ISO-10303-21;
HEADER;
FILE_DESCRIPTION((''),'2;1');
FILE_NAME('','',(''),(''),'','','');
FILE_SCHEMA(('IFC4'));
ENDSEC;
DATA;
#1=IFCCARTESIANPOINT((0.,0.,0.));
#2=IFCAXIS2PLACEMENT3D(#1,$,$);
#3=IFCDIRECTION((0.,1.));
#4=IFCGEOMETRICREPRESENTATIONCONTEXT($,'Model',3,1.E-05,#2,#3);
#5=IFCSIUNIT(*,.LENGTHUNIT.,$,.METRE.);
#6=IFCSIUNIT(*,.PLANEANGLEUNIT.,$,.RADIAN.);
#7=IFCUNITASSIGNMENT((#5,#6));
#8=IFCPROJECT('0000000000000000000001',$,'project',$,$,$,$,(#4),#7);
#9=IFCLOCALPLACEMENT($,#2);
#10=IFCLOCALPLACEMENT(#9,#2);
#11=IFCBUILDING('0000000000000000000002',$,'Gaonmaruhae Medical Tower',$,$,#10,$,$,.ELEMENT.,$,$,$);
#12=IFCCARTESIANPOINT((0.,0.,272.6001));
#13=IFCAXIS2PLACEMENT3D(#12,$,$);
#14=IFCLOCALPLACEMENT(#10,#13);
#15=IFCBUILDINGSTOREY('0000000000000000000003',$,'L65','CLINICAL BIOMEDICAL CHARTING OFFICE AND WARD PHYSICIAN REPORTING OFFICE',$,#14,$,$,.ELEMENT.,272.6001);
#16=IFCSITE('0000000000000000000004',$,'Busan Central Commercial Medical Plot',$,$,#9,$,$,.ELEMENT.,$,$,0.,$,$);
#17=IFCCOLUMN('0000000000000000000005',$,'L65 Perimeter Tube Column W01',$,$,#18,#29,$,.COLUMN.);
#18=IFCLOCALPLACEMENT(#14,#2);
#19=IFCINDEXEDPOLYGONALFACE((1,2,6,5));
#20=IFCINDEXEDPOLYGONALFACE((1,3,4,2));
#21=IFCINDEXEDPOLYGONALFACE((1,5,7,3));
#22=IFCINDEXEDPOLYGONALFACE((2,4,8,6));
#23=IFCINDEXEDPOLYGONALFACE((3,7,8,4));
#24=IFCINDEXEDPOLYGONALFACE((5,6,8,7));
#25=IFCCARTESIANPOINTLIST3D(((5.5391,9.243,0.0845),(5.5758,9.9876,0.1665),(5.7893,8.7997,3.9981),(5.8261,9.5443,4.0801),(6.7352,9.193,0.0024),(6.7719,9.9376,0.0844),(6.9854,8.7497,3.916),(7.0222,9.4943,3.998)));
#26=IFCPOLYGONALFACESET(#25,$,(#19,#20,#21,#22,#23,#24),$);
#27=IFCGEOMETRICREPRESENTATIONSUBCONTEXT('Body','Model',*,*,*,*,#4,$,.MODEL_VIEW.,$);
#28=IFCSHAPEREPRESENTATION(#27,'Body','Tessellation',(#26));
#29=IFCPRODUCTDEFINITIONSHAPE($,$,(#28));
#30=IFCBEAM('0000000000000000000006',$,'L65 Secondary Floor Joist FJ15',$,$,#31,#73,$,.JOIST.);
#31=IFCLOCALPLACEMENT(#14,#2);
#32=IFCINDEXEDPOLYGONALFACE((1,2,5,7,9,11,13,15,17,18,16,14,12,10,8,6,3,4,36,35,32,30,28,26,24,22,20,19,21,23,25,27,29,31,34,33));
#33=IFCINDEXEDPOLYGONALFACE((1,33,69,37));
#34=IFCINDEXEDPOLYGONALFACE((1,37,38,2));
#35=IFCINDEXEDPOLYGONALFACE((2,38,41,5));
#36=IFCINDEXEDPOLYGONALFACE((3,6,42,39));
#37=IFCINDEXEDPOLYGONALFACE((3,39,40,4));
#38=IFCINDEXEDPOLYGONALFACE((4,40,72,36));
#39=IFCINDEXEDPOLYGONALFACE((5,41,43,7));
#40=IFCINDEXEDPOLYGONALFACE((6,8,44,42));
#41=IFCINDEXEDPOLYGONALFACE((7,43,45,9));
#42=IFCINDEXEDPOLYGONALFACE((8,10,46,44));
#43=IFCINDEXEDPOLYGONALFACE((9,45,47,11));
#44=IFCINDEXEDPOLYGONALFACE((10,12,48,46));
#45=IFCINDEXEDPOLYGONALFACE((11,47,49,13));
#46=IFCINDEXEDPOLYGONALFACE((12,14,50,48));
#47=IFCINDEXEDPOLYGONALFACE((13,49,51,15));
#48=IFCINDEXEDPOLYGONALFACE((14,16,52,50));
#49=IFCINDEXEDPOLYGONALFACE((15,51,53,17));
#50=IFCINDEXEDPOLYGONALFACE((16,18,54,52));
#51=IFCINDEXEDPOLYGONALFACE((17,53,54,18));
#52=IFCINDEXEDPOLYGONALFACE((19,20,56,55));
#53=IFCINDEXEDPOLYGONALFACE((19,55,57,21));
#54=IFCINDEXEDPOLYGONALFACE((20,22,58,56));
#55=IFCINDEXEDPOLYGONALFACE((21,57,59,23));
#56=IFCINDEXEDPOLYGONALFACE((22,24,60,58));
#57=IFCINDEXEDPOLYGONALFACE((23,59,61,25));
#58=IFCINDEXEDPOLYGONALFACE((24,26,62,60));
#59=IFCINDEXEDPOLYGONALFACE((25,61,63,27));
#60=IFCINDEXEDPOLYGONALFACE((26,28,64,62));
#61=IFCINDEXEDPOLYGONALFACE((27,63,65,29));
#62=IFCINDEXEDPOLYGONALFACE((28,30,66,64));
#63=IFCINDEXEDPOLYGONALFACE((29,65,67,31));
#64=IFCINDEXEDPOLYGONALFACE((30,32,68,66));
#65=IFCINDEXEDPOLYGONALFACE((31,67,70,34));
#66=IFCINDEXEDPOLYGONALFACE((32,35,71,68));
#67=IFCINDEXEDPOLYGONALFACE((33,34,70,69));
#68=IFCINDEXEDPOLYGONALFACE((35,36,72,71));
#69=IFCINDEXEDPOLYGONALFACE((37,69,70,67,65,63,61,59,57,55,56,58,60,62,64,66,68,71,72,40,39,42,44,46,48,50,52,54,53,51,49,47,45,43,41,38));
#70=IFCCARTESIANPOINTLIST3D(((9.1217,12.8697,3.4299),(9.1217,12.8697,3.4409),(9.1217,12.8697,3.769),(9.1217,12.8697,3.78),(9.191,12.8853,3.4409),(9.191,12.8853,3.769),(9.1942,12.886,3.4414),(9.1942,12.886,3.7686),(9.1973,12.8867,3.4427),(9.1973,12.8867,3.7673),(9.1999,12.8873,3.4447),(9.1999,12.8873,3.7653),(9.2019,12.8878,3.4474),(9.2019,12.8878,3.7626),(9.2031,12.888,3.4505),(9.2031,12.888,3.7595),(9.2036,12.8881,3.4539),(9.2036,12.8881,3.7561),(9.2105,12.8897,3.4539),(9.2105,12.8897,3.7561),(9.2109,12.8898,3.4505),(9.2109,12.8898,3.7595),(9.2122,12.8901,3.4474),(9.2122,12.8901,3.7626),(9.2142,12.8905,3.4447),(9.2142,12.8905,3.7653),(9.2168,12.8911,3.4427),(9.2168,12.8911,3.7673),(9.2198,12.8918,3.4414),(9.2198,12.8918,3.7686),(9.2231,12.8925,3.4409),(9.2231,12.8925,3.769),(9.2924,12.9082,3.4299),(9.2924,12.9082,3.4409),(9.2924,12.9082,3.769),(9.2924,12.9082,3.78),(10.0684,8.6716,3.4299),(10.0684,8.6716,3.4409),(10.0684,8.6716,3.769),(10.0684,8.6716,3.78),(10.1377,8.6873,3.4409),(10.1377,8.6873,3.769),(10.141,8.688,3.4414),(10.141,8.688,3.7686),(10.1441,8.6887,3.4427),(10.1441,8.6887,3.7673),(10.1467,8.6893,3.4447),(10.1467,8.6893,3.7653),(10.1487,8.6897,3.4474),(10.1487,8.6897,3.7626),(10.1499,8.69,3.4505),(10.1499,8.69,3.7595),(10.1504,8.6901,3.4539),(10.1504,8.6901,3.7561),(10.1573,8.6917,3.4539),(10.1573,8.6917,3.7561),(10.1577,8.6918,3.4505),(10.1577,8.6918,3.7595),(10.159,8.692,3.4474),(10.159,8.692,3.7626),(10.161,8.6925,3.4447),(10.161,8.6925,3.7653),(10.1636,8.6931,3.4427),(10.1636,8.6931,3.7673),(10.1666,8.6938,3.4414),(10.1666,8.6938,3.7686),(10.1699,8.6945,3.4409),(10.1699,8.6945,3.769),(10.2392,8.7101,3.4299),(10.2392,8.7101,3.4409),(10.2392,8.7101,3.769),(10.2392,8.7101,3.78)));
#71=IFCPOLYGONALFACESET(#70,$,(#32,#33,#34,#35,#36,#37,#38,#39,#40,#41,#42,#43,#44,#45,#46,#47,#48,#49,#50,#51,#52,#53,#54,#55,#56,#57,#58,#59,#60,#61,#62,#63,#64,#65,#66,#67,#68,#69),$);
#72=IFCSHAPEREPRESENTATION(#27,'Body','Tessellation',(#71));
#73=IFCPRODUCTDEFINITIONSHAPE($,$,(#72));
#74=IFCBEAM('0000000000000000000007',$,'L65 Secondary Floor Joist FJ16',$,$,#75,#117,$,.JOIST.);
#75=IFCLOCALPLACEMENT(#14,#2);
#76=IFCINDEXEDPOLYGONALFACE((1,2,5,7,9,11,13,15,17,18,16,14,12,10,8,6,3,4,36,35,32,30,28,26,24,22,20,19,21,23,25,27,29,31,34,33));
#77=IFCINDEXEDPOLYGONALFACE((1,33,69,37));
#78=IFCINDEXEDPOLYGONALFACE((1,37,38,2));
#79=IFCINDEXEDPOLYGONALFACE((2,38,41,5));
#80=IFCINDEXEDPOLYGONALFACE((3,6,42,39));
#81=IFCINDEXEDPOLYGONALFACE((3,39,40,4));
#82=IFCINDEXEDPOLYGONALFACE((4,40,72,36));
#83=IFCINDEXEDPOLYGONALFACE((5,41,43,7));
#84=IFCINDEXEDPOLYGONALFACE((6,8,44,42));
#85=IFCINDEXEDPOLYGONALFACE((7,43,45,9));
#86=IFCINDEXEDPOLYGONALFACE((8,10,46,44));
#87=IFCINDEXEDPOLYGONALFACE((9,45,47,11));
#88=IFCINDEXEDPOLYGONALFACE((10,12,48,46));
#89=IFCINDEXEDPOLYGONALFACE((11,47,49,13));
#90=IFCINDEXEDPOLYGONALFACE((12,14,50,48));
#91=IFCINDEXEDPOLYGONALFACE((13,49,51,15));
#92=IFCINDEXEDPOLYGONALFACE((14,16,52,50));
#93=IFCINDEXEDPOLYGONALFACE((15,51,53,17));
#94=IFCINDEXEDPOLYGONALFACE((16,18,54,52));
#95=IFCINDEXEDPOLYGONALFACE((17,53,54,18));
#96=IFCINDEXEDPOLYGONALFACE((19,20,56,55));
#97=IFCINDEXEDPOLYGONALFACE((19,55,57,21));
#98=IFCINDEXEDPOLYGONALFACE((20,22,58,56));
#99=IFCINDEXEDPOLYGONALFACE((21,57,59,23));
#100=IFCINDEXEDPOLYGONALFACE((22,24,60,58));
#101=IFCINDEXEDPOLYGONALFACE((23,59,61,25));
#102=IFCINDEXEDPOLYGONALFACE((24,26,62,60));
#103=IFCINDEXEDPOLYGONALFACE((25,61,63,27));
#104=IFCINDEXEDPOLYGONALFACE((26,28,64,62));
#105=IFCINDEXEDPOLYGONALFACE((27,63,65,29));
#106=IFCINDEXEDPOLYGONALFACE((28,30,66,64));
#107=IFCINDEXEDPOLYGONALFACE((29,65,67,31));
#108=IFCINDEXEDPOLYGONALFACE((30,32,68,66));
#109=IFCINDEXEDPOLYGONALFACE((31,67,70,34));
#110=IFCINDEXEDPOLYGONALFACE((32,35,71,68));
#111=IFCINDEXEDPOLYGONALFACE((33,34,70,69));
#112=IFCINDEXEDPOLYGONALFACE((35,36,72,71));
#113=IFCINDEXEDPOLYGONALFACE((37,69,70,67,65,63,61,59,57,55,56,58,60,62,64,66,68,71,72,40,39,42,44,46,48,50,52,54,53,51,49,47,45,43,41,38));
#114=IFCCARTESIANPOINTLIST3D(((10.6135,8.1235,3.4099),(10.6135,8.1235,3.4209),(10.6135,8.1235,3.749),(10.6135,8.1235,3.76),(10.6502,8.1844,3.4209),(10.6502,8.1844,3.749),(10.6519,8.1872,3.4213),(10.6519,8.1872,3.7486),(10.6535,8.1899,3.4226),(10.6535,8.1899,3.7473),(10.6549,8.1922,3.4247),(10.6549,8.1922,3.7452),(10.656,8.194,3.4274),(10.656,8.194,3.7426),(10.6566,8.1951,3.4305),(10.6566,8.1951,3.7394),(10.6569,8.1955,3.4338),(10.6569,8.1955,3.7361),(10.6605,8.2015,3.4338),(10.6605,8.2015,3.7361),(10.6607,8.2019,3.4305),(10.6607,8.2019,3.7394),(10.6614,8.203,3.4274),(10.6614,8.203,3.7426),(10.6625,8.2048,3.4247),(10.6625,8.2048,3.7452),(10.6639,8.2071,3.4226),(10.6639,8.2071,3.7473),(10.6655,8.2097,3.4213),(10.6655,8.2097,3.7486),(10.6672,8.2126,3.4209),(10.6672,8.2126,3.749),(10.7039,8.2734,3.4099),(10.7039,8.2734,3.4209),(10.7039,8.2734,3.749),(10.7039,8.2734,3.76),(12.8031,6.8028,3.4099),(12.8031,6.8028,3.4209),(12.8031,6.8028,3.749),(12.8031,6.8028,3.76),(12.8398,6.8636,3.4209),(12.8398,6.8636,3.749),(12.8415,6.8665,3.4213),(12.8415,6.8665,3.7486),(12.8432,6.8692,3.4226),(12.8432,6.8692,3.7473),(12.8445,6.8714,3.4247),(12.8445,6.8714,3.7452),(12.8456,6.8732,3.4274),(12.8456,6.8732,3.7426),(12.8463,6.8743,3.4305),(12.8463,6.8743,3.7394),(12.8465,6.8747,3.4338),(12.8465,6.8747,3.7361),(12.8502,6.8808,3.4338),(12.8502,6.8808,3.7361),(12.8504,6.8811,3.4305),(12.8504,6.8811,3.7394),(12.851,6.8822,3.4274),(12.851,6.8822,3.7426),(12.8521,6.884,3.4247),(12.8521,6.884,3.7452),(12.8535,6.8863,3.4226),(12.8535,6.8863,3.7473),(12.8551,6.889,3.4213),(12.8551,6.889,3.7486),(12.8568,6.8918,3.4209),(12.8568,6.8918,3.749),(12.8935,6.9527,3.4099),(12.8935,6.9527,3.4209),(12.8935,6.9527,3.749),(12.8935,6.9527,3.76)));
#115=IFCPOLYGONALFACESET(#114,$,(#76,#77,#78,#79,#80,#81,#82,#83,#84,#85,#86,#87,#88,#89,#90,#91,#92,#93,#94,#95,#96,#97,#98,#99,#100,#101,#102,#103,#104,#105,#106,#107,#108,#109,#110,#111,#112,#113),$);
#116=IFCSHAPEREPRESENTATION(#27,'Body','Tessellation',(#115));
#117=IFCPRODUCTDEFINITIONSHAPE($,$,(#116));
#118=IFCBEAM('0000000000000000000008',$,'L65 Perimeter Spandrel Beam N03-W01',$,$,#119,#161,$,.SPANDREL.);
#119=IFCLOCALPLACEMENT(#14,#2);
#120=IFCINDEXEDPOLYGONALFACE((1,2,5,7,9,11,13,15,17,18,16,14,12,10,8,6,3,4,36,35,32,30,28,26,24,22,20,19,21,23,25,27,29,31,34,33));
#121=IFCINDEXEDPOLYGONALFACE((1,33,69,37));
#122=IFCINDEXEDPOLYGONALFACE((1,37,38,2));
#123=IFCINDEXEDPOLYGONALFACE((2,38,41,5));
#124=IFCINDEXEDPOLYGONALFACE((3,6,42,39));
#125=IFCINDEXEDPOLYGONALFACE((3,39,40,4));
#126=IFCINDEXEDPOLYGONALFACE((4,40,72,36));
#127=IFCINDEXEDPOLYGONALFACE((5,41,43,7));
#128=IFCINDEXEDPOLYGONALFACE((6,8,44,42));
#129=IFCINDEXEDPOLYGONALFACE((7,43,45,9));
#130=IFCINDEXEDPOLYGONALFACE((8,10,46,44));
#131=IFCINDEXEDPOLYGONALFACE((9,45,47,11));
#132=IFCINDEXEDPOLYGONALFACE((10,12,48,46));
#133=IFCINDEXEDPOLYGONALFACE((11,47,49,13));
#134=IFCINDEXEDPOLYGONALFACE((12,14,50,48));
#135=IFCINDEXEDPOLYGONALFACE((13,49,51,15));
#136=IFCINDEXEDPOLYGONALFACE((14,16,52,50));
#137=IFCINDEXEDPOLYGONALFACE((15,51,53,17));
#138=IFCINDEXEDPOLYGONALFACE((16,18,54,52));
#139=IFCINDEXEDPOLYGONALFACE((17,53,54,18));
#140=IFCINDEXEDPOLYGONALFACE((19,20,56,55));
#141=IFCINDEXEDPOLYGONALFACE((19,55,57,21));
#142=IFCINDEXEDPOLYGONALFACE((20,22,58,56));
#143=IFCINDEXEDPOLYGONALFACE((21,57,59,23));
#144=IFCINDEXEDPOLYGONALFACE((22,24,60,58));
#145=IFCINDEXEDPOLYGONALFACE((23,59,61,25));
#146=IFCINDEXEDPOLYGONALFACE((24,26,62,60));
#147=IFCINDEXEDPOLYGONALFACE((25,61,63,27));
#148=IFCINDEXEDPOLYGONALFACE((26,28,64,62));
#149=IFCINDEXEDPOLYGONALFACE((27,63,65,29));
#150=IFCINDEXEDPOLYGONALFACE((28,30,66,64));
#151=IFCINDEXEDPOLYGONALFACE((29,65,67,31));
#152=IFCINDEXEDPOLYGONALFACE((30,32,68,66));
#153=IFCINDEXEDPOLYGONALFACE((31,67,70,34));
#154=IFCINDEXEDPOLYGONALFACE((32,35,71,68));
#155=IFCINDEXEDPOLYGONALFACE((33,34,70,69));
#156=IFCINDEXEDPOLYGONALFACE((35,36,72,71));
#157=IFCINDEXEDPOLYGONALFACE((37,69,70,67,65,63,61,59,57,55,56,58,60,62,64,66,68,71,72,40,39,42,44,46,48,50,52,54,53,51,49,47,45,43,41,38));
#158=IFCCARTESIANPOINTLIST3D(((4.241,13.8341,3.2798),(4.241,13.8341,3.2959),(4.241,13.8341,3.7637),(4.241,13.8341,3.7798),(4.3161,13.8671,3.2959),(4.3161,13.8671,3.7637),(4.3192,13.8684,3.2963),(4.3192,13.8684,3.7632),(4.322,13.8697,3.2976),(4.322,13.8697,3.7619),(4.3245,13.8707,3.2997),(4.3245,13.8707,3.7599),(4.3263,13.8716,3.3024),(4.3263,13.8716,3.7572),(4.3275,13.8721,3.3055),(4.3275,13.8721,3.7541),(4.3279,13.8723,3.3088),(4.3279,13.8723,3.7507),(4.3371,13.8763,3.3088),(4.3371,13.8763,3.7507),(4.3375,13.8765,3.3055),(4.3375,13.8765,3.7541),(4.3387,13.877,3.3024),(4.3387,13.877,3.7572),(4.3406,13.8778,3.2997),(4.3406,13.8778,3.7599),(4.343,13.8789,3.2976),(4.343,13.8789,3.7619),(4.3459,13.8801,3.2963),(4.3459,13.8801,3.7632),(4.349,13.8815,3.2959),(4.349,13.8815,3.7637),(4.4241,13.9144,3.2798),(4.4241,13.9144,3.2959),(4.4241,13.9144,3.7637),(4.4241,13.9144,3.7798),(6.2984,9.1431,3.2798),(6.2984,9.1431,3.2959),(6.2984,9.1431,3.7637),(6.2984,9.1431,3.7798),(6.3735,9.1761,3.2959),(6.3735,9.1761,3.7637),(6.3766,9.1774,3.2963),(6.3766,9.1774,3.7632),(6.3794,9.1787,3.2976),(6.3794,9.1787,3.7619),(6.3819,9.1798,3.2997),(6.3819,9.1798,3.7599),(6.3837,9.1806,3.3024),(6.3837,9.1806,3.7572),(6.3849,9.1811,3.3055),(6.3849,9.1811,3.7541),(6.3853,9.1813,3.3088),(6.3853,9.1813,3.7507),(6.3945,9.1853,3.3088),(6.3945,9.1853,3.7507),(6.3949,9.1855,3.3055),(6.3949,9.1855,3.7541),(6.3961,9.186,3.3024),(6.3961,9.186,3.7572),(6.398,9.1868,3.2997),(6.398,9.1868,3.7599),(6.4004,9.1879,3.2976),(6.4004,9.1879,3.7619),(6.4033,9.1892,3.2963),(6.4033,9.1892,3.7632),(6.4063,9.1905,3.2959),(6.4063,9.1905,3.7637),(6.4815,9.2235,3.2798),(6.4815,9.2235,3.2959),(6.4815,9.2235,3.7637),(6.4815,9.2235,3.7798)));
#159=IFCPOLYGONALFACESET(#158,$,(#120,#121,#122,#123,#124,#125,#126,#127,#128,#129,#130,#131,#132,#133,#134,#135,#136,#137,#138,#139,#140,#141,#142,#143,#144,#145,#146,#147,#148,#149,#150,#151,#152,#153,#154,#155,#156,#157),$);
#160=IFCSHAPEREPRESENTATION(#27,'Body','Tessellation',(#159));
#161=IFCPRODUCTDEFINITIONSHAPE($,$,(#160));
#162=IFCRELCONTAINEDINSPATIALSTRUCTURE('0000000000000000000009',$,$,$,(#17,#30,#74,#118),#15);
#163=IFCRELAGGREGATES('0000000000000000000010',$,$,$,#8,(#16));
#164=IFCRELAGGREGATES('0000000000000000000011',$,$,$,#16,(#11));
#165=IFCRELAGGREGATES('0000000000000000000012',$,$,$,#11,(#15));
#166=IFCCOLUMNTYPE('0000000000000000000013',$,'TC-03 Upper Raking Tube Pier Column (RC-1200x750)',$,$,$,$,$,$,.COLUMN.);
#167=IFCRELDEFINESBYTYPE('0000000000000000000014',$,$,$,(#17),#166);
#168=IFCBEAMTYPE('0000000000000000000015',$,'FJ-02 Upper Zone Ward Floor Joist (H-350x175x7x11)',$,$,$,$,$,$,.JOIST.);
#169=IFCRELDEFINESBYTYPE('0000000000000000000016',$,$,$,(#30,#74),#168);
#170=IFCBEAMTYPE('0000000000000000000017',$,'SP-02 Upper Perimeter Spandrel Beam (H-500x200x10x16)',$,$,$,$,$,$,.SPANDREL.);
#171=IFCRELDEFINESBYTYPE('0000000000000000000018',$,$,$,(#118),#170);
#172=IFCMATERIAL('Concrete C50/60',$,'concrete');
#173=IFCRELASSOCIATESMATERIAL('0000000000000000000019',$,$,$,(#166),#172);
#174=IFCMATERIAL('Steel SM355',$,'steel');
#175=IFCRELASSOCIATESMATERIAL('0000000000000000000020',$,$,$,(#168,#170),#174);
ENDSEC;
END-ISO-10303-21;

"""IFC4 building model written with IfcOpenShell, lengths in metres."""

from ifc_helpers import new_model, si_unit, direction, frame, origin, origin_2d, place, context, subcontext, project, spatial, rectangle, i_section, extrude, material, material_profile, profile_set, type_object, element, save


model = new_model("IFC4")

# Units and contexts
model_context = context("Model", 3, precision=1e-05, world=origin(), true_north=direction((0.0, 1.0)))
body_context = subcontext(model_context, "Body", "Model", "MODEL_VIEW")
ifc_project = project(units=[si_unit("LENGTHUNIT", "METRE"), si_unit("PLANEANGLEUNIT", "RADIAN")], contexts=[model_context])

# Site, building, storey
site_placement = place(None, origin())
site = spatial("IfcSite", under=ifc_project, at=site_placement, Name="Busan Central Commercial Medical Plot", CompositionType="ELEMENT", RefElevation=0.0)
building_placement = place(site_placement, origin())
building = spatial("IfcBuilding", under=site, at=building_placement, Name="Gaonmaruhae Medical Tower", CompositionType="ELEMENT")
storey_placement = place(building_placement, frame((0.0, 0.0, 272.6001)))
storey = spatial("IfcBuildingStorey", under=building, at=storey_placement, Name="L65", Description="CLINICAL BIOMEDICAL CHARTING OFFICE AND WARD PHYSICIAN REPORTING OFFICE", CompositionType="ELEMENT", Elevation=272.6001)

# Column
ifc_material_1 = material(Name="Concrete C50/60", Category="concrete")
ifc_material_profile_1 = material_profile(ifc_material_1, rectangle(XDim=1.2, YDim=0.75, at=origin_2d()), Name="RC-1200x750")
ifc_profile_set_1 = profile_set([ifc_material_profile_1], Name="Concrete C50/60")
column_type = type_object("IfcColumnType", Name="TC-03 Upper Raking Tube Pier Column (RC-1200x750)", PredefinedType="COLUMN", material=ifc_profile_set_1)
column_placement = place(storey_placement, frame((6.1555, 9.5903, 0.0845), z_axis=(0.063408, -0.112341, 0.991645), x_axis=(-0.996784, 0.041649, 0.068455)))
element("IfcColumn", 1, at=column_placement, inside=storey, type_object=column_type, Name="L65 Perimeter Tube Column W01", PredefinedType="COLUMN", context=body_context, shape_type="SweptSolid", body=[
    extrude(rectangle(XDim=1.2, YDim=0.75, at=origin_2d()), origin(), (0.0, 0.0, 1.0), 3.9465),
])

# Beams
ifc_material_2 = material(Name="Steel SM355", Category="steel")
ifc_material_profile_2 = material_profile(ifc_material_2, i_section(OverallWidth=0.175, OverallDepth=0.3501, WebThickness=0.0071, FlangeThickness=0.011, FilletRadius=0.0129, at=origin_2d()), Name="H-350x175x7x11")
ifc_profile_set_2 = profile_set([ifc_material_profile_2], Name="Steel SM355")
beam_type_1 = type_object("IfcBeamType", Name="FJ-02 Upper Zone Ward Floor Joist (H-350x175x7x11)", PredefinedType="JOIST", material=ifc_profile_set_2)
beam_1_placement = place(storey_placement, frame((9.207, 12.8889, 3.605), z_axis=(0.220005, -0.975499, 0.0), x_axis=(0.975499, 0.220005, 0.0)))
element("IfcBeam", 2, at=beam_1_placement, inside=storey, type_object=beam_type_1, Name="L65 Secondary Floor Joist FJ15", PredefinedType="JOIST", context=body_context, shape_type="SweptSolid", body=[
    extrude(i_section(OverallWidth=0.175, OverallDepth=0.3501, WebThickness=0.0071, FlangeThickness=0.011, FilletRadius=0.0129, at=origin_2d()), origin(), (0.0, 0.0, 1.0), 4.3035),
])
beam_2_placement = place(storey_placement, frame((10.6587, 8.1985, 3.585), z_axis=(0.856286, -0.516502, 0.0), x_axis=(0.516502, 0.856286, 0.0)))
element("IfcBeam", 3, at=beam_2_placement, inside=storey, type_object=beam_type_1, Name="L65 Secondary Floor Joist FJ16", PredefinedType="JOIST", context=body_context, shape_type="SweptSolid", body=[
    extrude(i_section(OverallWidth=0.175, OverallDepth=0.3501, WebThickness=0.0071, FlangeThickness=0.011, FilletRadius=0.0129, at=origin_2d()), origin(), (0.0, 0.0, 1.0), 2.5571),
])
ifc_material_profile_3 = material_profile(ifc_material_2, i_section(OverallWidth=0.2, OverallDepth=0.5, WebThickness=0.01, FlangeThickness=0.0161, FilletRadius=0.0129, at=origin_2d()), Name="H-500x200x10x16")
ifc_profile_set_3 = profile_set([ifc_material_profile_3], Name="Steel SM355")
beam_type_2 = type_object("IfcBeamType", Name="SP-02 Upper Perimeter Spandrel Beam (H-500x200x10x16)", PredefinedType="SPANDREL", material=ifc_profile_set_3)
beam_3_placement = place(storey_placement, frame((4.3325, 13.8743, 3.5298), z_axis=(0.401654, -0.915792, 0.0), x_axis=(0.915792, 0.401654, 0.0)))
element("IfcBeam", 4, at=beam_3_placement, inside=storey, type_object=beam_type_2, Name="L65 Perimeter Spandrel Beam N03-W01", PredefinedType="SPANDREL", context=body_context, shape_type="SweptSolid", body=[
    extrude(i_section(OverallWidth=0.2, OverallDepth=0.5, WebThickness=0.01, FlangeThickness=0.0161, FilletRadius=0.0129, at=origin_2d()), origin(), (0.0, 0.0, 1.0), 5.1223),
])

save(model, "model.ifc")
